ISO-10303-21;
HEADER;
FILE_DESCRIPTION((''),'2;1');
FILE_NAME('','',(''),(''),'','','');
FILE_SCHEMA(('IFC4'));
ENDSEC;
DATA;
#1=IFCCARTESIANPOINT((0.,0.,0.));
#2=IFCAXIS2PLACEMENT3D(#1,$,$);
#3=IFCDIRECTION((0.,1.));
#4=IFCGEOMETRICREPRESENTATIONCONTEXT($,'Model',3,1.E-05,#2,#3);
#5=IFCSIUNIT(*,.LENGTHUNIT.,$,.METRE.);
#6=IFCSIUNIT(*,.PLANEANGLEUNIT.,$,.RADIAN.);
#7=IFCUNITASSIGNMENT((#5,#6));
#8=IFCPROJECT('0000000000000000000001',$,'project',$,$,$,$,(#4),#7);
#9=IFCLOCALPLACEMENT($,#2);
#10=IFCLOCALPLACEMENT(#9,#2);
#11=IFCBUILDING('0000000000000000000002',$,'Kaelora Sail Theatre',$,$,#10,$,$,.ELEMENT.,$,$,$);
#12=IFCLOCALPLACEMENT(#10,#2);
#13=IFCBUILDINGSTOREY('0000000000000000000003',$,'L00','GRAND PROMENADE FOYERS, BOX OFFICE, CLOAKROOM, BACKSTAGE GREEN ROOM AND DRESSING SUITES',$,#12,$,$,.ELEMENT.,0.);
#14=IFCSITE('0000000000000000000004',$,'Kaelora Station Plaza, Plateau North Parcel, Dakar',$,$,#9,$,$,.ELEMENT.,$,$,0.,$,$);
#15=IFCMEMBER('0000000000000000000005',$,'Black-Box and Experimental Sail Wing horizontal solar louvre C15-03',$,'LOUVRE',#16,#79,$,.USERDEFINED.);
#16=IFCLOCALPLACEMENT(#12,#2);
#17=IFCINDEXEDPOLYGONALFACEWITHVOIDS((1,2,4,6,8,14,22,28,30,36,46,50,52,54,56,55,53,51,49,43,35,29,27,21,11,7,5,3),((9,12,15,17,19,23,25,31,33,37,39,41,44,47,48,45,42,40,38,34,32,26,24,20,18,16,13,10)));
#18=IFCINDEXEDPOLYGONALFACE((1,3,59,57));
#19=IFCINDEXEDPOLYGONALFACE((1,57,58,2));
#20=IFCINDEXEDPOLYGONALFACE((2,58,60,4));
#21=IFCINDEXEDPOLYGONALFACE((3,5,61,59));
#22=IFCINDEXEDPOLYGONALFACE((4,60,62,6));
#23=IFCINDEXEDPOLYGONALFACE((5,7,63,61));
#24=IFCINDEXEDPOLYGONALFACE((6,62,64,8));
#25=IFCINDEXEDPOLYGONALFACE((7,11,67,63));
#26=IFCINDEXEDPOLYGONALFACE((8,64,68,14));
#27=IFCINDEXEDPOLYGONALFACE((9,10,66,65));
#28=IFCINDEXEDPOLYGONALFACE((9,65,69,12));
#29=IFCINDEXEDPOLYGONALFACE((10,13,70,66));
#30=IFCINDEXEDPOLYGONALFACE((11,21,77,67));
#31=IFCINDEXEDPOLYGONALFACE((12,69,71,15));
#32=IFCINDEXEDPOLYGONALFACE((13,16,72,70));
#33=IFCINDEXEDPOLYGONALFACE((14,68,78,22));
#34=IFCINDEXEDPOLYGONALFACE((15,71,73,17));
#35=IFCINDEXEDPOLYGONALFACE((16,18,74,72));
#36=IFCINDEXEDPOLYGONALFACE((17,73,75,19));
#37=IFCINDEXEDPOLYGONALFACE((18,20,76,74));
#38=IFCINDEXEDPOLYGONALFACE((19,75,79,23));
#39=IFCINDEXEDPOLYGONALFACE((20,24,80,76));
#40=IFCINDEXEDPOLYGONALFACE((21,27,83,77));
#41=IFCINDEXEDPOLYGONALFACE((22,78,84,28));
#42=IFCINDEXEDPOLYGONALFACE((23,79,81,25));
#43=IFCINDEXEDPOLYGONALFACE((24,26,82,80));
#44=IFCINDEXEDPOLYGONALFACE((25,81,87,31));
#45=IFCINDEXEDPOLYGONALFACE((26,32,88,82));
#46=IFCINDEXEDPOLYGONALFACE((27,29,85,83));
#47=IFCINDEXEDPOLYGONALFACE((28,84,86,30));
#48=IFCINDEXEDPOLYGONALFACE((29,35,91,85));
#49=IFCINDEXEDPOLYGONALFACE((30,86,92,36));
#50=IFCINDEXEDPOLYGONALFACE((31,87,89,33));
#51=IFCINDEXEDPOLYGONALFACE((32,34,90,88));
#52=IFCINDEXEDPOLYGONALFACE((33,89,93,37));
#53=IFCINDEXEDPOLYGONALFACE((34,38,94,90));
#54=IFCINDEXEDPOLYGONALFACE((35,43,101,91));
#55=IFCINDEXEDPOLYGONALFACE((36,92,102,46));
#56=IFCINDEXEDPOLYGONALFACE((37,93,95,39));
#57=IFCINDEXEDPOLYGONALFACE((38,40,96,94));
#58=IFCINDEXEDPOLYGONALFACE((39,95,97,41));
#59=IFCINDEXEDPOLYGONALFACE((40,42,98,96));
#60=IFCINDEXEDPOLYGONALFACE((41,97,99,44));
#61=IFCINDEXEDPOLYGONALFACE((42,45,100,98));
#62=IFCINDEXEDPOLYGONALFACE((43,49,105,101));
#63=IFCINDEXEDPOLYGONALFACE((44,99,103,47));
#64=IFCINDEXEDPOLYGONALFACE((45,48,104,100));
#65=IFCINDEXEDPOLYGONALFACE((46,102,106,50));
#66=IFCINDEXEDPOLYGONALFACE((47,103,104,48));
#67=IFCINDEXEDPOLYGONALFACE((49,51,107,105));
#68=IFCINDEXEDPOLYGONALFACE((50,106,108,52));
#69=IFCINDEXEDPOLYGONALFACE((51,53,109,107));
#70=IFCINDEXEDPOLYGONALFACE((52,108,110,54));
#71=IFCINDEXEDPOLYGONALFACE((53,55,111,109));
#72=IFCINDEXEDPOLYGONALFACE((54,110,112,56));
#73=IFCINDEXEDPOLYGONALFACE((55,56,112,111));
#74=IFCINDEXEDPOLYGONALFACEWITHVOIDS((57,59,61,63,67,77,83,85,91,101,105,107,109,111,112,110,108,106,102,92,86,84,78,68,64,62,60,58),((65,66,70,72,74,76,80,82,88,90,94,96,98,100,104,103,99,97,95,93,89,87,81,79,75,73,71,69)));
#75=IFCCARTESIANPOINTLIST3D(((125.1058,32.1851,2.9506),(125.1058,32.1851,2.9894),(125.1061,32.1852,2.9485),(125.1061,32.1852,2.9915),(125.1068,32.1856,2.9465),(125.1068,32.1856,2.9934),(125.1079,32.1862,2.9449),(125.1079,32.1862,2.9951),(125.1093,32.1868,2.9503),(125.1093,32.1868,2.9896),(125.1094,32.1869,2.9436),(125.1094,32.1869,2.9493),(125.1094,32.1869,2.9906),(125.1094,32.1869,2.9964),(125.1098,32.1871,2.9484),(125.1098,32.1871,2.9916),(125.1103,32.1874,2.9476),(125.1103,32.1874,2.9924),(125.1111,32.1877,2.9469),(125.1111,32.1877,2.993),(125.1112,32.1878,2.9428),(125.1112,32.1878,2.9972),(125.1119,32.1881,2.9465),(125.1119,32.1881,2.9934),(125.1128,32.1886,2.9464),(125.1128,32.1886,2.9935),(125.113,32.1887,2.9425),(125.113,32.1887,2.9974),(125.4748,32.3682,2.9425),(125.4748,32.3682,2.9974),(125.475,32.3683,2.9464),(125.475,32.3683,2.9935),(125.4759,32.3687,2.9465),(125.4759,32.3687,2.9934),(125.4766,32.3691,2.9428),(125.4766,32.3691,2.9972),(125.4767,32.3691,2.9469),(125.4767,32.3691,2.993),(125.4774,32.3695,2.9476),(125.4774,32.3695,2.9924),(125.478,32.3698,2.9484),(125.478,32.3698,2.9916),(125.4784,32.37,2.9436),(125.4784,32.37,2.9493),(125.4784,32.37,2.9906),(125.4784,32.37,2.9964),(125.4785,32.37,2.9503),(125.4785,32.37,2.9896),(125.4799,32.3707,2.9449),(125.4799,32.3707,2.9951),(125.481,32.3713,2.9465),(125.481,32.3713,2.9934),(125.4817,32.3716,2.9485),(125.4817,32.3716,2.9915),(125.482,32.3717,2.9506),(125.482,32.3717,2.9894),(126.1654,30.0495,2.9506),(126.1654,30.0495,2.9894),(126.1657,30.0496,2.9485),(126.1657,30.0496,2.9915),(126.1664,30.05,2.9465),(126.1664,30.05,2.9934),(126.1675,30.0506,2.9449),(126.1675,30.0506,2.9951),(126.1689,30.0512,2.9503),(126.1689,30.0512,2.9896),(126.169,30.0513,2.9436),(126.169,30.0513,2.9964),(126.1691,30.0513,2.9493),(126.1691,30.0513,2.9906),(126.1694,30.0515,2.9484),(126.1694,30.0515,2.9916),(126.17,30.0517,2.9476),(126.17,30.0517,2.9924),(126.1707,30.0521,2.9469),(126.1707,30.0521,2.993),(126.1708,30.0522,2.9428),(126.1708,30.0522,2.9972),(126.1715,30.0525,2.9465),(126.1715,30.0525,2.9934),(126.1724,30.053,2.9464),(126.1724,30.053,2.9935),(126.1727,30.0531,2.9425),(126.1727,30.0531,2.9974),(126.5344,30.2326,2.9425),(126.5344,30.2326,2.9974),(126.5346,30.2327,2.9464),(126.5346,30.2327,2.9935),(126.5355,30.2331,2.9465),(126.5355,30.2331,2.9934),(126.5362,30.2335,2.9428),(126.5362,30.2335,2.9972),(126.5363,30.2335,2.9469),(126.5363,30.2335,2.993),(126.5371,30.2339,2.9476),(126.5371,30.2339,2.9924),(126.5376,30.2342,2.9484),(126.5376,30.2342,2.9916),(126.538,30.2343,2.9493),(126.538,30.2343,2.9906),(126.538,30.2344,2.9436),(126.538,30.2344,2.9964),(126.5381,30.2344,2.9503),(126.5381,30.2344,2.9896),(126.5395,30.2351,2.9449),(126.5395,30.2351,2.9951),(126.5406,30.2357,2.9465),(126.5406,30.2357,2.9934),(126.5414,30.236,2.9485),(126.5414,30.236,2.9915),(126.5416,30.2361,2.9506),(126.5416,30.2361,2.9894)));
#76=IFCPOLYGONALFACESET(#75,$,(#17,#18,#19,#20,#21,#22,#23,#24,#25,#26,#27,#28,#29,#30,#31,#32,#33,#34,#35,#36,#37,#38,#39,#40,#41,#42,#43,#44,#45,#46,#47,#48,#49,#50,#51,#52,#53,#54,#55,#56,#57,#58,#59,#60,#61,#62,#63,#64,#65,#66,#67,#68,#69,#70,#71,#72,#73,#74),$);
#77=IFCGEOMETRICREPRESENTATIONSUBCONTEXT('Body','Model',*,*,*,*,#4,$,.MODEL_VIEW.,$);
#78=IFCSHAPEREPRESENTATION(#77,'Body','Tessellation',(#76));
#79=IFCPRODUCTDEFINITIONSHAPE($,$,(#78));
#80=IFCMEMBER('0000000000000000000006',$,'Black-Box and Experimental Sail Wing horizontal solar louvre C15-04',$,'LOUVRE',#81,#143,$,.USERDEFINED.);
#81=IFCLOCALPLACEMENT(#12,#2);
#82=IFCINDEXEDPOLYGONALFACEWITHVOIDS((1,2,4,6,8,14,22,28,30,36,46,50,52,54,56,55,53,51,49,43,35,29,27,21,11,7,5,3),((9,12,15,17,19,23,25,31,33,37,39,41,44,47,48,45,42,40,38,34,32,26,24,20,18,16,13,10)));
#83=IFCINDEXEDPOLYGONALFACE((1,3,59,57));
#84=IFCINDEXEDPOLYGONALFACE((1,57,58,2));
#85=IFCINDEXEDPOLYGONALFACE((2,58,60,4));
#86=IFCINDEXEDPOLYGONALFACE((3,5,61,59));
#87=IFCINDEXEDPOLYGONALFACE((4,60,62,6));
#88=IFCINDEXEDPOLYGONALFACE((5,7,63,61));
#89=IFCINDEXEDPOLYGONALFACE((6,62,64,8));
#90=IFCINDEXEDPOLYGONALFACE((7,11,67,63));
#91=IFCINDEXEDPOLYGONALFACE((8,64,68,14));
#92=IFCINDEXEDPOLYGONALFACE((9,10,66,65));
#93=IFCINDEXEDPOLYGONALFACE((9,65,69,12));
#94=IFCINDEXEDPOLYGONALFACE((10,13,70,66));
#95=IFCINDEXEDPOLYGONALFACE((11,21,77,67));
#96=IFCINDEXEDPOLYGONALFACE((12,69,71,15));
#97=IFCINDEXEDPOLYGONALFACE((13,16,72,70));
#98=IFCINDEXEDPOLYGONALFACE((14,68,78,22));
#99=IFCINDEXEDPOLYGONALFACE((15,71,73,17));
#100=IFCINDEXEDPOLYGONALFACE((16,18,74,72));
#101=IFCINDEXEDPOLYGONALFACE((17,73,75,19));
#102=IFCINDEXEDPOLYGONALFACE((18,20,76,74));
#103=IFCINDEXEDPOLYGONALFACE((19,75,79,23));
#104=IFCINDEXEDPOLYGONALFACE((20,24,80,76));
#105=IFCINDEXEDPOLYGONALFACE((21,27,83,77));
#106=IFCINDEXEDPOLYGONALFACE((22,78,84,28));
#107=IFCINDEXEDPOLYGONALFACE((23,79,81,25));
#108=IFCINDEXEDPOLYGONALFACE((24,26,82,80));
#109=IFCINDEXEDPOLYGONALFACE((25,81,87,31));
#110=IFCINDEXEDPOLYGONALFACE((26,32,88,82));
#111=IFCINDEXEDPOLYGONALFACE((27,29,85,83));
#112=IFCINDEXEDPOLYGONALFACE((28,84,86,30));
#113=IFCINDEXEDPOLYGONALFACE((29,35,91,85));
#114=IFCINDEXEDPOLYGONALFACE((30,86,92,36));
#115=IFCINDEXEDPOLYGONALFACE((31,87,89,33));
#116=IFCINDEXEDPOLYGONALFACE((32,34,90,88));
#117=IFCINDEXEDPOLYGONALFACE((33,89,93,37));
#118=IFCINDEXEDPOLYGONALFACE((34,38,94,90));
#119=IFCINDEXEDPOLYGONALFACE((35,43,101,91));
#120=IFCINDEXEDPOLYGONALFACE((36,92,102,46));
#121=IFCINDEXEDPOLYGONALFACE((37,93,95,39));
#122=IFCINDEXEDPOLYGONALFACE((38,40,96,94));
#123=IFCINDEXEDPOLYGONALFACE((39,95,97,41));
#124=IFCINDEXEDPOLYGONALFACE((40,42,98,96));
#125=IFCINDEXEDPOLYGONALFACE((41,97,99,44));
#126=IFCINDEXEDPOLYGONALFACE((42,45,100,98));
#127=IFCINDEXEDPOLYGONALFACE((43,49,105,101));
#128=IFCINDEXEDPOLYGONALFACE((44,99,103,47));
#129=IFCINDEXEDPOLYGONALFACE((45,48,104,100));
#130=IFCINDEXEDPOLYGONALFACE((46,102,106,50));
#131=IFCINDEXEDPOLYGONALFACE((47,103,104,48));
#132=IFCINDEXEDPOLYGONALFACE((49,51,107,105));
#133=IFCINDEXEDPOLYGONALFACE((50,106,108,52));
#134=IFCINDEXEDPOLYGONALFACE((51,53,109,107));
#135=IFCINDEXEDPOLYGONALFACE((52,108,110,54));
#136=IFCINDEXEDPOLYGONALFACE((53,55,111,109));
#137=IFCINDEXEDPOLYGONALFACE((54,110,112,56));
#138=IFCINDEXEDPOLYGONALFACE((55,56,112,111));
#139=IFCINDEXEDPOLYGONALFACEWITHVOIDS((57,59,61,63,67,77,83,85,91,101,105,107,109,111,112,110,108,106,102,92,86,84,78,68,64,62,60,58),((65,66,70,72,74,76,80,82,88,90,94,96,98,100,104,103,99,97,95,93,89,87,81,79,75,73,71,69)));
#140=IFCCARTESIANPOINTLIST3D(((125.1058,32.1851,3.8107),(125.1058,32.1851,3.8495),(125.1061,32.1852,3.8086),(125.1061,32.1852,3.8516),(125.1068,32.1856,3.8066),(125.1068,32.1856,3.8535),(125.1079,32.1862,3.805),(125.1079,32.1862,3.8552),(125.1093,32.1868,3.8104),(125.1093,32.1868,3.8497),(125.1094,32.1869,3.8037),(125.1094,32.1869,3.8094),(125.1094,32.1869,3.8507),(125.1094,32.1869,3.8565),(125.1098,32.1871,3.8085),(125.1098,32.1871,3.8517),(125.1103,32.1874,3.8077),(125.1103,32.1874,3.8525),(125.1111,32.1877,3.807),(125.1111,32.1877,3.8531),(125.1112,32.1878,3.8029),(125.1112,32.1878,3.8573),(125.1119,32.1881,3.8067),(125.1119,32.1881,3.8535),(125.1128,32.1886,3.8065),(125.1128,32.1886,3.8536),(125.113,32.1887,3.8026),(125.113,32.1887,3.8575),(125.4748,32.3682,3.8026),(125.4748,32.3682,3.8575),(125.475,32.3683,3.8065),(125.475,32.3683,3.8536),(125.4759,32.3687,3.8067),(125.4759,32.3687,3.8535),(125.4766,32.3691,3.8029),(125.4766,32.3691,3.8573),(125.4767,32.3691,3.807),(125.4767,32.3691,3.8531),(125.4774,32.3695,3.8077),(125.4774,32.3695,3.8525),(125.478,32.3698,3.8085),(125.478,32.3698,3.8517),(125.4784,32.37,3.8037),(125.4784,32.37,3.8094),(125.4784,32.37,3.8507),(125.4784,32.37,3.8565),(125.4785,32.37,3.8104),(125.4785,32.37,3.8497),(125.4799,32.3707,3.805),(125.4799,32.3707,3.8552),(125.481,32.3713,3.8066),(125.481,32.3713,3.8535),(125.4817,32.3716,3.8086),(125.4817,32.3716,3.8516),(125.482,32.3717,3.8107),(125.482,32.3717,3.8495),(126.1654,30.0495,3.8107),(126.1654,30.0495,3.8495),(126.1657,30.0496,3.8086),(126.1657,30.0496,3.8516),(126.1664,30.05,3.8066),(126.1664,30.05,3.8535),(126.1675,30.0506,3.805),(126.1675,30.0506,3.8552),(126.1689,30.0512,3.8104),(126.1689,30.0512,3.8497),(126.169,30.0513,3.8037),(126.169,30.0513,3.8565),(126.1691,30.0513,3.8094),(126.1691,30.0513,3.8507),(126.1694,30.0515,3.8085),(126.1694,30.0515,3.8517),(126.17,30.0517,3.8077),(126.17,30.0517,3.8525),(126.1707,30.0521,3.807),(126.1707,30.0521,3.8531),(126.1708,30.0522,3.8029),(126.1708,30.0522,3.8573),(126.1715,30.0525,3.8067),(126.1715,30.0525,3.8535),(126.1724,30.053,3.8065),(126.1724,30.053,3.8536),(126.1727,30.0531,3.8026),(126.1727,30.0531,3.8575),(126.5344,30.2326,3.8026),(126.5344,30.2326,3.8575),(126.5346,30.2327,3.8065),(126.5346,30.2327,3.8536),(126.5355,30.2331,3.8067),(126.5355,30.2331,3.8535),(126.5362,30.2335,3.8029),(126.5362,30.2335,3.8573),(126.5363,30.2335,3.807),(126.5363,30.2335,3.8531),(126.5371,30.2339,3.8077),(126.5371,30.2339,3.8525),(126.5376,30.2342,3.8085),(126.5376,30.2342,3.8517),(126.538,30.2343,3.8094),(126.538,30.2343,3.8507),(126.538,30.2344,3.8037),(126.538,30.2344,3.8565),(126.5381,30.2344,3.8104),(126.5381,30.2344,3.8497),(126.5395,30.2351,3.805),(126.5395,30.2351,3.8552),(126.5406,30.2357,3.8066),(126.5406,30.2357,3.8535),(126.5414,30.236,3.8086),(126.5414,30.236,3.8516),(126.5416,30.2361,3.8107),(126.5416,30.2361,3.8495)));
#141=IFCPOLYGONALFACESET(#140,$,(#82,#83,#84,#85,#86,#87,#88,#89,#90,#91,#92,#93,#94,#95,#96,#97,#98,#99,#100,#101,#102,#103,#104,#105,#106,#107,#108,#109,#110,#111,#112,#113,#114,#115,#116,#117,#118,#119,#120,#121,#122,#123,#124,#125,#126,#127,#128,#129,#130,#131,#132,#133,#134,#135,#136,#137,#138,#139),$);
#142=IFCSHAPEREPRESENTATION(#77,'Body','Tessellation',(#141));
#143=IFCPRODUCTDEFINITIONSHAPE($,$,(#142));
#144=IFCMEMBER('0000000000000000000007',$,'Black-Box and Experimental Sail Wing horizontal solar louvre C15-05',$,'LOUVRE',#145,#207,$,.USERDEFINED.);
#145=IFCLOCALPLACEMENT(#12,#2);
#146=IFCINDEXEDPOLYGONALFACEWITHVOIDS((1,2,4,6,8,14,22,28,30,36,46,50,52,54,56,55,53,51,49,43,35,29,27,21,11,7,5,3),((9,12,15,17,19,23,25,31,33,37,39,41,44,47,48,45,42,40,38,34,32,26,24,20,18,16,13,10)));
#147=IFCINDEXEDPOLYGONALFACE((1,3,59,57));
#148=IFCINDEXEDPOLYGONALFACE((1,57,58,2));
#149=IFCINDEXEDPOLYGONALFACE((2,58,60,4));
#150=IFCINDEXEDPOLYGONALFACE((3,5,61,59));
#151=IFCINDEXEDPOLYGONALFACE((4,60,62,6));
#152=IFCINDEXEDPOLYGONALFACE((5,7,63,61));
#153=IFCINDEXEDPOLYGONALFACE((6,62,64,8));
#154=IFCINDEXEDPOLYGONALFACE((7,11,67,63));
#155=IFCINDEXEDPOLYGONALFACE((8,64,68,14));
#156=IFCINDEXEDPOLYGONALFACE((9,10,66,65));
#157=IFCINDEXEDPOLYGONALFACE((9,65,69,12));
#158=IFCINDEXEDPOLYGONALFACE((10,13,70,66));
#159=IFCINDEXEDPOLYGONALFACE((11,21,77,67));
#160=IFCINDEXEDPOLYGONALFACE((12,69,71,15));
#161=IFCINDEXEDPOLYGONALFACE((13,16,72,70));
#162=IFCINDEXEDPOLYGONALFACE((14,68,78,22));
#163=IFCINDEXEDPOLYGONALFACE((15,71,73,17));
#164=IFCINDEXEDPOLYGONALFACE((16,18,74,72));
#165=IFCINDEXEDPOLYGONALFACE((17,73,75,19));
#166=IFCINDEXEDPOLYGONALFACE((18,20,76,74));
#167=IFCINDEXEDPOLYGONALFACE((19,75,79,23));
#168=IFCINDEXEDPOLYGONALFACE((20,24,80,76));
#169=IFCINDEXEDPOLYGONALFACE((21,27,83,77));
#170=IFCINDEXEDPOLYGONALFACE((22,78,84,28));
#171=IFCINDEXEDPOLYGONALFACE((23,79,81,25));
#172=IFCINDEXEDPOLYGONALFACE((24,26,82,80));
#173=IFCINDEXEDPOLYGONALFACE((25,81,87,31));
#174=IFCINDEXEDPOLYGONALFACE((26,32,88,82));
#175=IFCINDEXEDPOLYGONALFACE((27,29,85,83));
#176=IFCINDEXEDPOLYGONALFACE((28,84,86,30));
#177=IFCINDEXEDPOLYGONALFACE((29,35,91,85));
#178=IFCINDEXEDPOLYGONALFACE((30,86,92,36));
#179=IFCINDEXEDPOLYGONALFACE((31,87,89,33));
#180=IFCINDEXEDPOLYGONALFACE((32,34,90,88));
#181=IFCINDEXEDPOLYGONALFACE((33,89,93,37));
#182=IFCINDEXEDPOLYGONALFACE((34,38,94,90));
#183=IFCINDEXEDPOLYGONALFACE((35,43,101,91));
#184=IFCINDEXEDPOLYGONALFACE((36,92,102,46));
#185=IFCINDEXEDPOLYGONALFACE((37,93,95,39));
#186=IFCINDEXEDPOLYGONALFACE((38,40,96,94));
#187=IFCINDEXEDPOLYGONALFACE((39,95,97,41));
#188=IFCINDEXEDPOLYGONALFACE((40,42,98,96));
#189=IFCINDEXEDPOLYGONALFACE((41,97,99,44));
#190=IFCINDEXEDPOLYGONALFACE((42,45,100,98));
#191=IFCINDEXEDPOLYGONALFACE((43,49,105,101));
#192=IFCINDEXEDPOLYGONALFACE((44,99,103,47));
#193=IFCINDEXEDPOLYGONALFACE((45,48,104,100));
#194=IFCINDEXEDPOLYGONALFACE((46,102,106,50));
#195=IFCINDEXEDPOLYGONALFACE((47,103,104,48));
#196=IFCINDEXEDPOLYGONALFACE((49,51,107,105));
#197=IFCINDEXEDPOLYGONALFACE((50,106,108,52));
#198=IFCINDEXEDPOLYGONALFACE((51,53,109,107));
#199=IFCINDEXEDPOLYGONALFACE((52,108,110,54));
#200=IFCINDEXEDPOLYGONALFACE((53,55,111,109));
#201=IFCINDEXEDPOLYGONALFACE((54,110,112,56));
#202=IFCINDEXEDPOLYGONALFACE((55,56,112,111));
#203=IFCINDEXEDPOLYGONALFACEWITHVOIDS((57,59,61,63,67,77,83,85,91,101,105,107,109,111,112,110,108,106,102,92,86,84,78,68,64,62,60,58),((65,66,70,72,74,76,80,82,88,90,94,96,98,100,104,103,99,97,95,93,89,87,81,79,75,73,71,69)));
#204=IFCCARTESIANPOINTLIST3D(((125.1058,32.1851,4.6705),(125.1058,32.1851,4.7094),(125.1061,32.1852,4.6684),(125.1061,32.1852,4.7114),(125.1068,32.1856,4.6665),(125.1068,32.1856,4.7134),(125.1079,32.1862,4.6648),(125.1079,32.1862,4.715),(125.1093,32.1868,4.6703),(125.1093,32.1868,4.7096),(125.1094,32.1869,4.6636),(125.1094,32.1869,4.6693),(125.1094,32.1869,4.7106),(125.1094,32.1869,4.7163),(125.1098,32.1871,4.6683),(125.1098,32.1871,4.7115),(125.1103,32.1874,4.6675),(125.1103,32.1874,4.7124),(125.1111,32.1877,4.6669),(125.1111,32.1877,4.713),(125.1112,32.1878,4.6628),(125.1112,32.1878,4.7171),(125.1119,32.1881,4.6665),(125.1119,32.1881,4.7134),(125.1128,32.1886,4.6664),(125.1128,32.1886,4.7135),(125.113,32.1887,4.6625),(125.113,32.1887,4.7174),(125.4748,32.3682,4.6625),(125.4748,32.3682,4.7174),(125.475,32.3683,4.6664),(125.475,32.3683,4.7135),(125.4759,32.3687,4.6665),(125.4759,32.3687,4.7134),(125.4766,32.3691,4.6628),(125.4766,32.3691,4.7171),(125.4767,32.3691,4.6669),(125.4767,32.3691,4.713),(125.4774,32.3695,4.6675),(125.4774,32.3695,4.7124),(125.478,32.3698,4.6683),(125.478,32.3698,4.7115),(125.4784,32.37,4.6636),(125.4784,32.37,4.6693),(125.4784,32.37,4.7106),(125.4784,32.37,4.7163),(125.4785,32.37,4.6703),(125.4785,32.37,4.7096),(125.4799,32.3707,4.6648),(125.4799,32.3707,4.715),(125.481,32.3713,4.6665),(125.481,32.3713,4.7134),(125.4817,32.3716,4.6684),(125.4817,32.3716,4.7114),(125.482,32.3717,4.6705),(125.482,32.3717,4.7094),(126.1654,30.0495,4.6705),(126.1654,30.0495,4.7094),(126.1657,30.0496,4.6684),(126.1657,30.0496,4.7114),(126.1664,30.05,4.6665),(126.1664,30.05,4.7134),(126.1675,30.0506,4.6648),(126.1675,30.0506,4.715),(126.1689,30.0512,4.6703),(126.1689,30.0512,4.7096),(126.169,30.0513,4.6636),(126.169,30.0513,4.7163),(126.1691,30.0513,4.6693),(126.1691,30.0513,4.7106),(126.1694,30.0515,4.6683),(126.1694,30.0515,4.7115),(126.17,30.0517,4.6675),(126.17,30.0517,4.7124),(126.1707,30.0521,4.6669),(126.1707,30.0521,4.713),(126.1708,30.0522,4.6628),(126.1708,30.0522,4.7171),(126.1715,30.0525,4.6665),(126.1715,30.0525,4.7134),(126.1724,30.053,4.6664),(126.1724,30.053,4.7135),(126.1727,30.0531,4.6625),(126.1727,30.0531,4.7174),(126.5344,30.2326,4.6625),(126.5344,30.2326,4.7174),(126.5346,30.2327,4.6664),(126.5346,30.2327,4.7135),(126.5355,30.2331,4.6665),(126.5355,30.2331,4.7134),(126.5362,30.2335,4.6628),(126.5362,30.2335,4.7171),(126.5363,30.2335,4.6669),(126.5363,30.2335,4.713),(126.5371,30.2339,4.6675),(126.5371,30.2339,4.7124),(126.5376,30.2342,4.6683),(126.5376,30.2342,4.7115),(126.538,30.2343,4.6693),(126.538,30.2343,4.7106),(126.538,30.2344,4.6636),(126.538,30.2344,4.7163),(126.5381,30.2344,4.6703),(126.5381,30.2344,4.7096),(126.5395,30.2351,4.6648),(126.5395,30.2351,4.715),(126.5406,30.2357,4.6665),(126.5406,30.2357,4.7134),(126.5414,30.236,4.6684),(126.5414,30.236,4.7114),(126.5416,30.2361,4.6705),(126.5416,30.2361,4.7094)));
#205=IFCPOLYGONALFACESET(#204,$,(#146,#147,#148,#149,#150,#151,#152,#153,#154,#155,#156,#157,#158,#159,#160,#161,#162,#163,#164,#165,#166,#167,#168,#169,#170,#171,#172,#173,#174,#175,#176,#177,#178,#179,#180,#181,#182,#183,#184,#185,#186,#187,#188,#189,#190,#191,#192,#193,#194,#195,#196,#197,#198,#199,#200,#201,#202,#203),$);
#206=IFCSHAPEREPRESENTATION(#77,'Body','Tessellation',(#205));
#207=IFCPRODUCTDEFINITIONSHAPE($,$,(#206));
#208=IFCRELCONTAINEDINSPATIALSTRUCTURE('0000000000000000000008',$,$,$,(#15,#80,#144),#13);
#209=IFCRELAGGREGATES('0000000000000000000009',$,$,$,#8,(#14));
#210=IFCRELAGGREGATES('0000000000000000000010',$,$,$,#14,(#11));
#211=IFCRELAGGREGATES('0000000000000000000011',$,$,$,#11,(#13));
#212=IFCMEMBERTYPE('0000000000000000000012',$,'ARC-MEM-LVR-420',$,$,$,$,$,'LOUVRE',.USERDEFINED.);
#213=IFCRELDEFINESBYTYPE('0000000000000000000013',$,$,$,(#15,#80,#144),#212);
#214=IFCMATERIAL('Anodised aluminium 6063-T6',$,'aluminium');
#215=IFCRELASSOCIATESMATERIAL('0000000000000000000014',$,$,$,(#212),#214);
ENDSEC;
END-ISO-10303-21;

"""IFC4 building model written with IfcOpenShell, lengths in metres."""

from ifc_helpers import new_model, si_unit, direction, frame, origin, origin_2d, place, context, subcontext, project, spatial, hollow_rectangle, extrude, material, material_profile, profile_set, type_object, element, save


model = new_model("IFC4")

# Units and contexts
model_context = context("Model", 3, precision=1e-05, world=origin(), true_north=direction((0.0, 1.0)))
body_context = subcontext(model_context, "Body", "Model", "MODEL_VIEW")
ifc_project = project(units=[si_unit("LENGTHUNIT", "METRE"), si_unit("PLANEANGLEUNIT", "RADIAN")], contexts=[model_context])

# Site, building, storey
site_placement = place(None, origin())
site = spatial("IfcSite", under=ifc_project, at=site_placement, Name="Kaelora Station Plaza, Plateau North Parcel, Dakar", CompositionType="ELEMENT", RefElevation=0.0)
building_placement = place(site_placement, origin())
building = spatial("IfcBuilding", under=site, at=building_placement, Name="Kaelora Sail Theatre", CompositionType="ELEMENT")
storey_placement = place(building_placement, origin())
storey = spatial("IfcBuildingStorey", under=building, at=storey_placement, Name="L00", Description="GRAND PROMENADE FOYERS, BOX OFFICE, CLOAKROOM, BACKSTAGE GREEN ROOM AND DRESSING SUITES", CompositionType="ELEMENT", Elevation=0.0)

# Members
ifc_material_1 = material(Name="Anodised aluminium 6063-T6", Category="aluminium")
ifc_material_profile_1 = material_profile(ifc_material_1, hollow_rectangle(XDim=0.4199, YDim=0.0549, WallThickness=0.0039, InnerFilletRadius=0.0039, OuterFilletRadius=0.0081, at=origin_2d()), Name="LOUVRE 420x55x4")
ifc_profile_set_1 = profile_set([ifc_material_profile_1], Name="Anodised aluminium 6063-T6")
member_type_1 = type_object("IfcMemberType", Name="ARC-MEM-LVR-420", ElementType="LOUVRE", PredefinedType="USERDEFINED", material=ifc_profile_set_1)
for number, where, z_axis, x_axis, name in (
    (1, (126.3535, 30.1428, 2.97), (-0.444467, 0.895795, 0.0), (-0.895795, -0.444467, 0.0), "Black-Box and Experimental Sail Wing horizontal solar louvre C15-03"),
    (2, (126.3535, 30.1428, 3.8301), (-0.444467, 0.895795, 0.0), (-0.895795, -0.444467, 0.0), "Black-Box and Experimental Sail Wing horizontal solar louvre C15-04"),
    (3, (126.3535, 30.1428, 4.6899), (-0.444467, 0.895795, 0.0), (-0.895795, -0.444467, 0.0), "Black-Box and Experimental Sail Wing horizontal solar louvre C15-05"),
):
    element("IfcMember", number, at=place(storey_placement, frame(where, z_axis=z_axis, x_axis=x_axis)), inside=storey, type_object=member_type_1, Name=name, ObjectType="LOUVRE", PredefinedType="USERDEFINED", context=body_context, shape_type="SweptSolid", body=[
        extrude(hollow_rectangle(XDim=0.4199, YDim=0.0549, WallThickness=0.0039, InnerFilletRadius=0.0039, OuterFilletRadius=0.0081, at=origin_2d()), origin(), (0.0, 0.0, 1.0), 2.384),
    ])

save(model, "model.ifc")
